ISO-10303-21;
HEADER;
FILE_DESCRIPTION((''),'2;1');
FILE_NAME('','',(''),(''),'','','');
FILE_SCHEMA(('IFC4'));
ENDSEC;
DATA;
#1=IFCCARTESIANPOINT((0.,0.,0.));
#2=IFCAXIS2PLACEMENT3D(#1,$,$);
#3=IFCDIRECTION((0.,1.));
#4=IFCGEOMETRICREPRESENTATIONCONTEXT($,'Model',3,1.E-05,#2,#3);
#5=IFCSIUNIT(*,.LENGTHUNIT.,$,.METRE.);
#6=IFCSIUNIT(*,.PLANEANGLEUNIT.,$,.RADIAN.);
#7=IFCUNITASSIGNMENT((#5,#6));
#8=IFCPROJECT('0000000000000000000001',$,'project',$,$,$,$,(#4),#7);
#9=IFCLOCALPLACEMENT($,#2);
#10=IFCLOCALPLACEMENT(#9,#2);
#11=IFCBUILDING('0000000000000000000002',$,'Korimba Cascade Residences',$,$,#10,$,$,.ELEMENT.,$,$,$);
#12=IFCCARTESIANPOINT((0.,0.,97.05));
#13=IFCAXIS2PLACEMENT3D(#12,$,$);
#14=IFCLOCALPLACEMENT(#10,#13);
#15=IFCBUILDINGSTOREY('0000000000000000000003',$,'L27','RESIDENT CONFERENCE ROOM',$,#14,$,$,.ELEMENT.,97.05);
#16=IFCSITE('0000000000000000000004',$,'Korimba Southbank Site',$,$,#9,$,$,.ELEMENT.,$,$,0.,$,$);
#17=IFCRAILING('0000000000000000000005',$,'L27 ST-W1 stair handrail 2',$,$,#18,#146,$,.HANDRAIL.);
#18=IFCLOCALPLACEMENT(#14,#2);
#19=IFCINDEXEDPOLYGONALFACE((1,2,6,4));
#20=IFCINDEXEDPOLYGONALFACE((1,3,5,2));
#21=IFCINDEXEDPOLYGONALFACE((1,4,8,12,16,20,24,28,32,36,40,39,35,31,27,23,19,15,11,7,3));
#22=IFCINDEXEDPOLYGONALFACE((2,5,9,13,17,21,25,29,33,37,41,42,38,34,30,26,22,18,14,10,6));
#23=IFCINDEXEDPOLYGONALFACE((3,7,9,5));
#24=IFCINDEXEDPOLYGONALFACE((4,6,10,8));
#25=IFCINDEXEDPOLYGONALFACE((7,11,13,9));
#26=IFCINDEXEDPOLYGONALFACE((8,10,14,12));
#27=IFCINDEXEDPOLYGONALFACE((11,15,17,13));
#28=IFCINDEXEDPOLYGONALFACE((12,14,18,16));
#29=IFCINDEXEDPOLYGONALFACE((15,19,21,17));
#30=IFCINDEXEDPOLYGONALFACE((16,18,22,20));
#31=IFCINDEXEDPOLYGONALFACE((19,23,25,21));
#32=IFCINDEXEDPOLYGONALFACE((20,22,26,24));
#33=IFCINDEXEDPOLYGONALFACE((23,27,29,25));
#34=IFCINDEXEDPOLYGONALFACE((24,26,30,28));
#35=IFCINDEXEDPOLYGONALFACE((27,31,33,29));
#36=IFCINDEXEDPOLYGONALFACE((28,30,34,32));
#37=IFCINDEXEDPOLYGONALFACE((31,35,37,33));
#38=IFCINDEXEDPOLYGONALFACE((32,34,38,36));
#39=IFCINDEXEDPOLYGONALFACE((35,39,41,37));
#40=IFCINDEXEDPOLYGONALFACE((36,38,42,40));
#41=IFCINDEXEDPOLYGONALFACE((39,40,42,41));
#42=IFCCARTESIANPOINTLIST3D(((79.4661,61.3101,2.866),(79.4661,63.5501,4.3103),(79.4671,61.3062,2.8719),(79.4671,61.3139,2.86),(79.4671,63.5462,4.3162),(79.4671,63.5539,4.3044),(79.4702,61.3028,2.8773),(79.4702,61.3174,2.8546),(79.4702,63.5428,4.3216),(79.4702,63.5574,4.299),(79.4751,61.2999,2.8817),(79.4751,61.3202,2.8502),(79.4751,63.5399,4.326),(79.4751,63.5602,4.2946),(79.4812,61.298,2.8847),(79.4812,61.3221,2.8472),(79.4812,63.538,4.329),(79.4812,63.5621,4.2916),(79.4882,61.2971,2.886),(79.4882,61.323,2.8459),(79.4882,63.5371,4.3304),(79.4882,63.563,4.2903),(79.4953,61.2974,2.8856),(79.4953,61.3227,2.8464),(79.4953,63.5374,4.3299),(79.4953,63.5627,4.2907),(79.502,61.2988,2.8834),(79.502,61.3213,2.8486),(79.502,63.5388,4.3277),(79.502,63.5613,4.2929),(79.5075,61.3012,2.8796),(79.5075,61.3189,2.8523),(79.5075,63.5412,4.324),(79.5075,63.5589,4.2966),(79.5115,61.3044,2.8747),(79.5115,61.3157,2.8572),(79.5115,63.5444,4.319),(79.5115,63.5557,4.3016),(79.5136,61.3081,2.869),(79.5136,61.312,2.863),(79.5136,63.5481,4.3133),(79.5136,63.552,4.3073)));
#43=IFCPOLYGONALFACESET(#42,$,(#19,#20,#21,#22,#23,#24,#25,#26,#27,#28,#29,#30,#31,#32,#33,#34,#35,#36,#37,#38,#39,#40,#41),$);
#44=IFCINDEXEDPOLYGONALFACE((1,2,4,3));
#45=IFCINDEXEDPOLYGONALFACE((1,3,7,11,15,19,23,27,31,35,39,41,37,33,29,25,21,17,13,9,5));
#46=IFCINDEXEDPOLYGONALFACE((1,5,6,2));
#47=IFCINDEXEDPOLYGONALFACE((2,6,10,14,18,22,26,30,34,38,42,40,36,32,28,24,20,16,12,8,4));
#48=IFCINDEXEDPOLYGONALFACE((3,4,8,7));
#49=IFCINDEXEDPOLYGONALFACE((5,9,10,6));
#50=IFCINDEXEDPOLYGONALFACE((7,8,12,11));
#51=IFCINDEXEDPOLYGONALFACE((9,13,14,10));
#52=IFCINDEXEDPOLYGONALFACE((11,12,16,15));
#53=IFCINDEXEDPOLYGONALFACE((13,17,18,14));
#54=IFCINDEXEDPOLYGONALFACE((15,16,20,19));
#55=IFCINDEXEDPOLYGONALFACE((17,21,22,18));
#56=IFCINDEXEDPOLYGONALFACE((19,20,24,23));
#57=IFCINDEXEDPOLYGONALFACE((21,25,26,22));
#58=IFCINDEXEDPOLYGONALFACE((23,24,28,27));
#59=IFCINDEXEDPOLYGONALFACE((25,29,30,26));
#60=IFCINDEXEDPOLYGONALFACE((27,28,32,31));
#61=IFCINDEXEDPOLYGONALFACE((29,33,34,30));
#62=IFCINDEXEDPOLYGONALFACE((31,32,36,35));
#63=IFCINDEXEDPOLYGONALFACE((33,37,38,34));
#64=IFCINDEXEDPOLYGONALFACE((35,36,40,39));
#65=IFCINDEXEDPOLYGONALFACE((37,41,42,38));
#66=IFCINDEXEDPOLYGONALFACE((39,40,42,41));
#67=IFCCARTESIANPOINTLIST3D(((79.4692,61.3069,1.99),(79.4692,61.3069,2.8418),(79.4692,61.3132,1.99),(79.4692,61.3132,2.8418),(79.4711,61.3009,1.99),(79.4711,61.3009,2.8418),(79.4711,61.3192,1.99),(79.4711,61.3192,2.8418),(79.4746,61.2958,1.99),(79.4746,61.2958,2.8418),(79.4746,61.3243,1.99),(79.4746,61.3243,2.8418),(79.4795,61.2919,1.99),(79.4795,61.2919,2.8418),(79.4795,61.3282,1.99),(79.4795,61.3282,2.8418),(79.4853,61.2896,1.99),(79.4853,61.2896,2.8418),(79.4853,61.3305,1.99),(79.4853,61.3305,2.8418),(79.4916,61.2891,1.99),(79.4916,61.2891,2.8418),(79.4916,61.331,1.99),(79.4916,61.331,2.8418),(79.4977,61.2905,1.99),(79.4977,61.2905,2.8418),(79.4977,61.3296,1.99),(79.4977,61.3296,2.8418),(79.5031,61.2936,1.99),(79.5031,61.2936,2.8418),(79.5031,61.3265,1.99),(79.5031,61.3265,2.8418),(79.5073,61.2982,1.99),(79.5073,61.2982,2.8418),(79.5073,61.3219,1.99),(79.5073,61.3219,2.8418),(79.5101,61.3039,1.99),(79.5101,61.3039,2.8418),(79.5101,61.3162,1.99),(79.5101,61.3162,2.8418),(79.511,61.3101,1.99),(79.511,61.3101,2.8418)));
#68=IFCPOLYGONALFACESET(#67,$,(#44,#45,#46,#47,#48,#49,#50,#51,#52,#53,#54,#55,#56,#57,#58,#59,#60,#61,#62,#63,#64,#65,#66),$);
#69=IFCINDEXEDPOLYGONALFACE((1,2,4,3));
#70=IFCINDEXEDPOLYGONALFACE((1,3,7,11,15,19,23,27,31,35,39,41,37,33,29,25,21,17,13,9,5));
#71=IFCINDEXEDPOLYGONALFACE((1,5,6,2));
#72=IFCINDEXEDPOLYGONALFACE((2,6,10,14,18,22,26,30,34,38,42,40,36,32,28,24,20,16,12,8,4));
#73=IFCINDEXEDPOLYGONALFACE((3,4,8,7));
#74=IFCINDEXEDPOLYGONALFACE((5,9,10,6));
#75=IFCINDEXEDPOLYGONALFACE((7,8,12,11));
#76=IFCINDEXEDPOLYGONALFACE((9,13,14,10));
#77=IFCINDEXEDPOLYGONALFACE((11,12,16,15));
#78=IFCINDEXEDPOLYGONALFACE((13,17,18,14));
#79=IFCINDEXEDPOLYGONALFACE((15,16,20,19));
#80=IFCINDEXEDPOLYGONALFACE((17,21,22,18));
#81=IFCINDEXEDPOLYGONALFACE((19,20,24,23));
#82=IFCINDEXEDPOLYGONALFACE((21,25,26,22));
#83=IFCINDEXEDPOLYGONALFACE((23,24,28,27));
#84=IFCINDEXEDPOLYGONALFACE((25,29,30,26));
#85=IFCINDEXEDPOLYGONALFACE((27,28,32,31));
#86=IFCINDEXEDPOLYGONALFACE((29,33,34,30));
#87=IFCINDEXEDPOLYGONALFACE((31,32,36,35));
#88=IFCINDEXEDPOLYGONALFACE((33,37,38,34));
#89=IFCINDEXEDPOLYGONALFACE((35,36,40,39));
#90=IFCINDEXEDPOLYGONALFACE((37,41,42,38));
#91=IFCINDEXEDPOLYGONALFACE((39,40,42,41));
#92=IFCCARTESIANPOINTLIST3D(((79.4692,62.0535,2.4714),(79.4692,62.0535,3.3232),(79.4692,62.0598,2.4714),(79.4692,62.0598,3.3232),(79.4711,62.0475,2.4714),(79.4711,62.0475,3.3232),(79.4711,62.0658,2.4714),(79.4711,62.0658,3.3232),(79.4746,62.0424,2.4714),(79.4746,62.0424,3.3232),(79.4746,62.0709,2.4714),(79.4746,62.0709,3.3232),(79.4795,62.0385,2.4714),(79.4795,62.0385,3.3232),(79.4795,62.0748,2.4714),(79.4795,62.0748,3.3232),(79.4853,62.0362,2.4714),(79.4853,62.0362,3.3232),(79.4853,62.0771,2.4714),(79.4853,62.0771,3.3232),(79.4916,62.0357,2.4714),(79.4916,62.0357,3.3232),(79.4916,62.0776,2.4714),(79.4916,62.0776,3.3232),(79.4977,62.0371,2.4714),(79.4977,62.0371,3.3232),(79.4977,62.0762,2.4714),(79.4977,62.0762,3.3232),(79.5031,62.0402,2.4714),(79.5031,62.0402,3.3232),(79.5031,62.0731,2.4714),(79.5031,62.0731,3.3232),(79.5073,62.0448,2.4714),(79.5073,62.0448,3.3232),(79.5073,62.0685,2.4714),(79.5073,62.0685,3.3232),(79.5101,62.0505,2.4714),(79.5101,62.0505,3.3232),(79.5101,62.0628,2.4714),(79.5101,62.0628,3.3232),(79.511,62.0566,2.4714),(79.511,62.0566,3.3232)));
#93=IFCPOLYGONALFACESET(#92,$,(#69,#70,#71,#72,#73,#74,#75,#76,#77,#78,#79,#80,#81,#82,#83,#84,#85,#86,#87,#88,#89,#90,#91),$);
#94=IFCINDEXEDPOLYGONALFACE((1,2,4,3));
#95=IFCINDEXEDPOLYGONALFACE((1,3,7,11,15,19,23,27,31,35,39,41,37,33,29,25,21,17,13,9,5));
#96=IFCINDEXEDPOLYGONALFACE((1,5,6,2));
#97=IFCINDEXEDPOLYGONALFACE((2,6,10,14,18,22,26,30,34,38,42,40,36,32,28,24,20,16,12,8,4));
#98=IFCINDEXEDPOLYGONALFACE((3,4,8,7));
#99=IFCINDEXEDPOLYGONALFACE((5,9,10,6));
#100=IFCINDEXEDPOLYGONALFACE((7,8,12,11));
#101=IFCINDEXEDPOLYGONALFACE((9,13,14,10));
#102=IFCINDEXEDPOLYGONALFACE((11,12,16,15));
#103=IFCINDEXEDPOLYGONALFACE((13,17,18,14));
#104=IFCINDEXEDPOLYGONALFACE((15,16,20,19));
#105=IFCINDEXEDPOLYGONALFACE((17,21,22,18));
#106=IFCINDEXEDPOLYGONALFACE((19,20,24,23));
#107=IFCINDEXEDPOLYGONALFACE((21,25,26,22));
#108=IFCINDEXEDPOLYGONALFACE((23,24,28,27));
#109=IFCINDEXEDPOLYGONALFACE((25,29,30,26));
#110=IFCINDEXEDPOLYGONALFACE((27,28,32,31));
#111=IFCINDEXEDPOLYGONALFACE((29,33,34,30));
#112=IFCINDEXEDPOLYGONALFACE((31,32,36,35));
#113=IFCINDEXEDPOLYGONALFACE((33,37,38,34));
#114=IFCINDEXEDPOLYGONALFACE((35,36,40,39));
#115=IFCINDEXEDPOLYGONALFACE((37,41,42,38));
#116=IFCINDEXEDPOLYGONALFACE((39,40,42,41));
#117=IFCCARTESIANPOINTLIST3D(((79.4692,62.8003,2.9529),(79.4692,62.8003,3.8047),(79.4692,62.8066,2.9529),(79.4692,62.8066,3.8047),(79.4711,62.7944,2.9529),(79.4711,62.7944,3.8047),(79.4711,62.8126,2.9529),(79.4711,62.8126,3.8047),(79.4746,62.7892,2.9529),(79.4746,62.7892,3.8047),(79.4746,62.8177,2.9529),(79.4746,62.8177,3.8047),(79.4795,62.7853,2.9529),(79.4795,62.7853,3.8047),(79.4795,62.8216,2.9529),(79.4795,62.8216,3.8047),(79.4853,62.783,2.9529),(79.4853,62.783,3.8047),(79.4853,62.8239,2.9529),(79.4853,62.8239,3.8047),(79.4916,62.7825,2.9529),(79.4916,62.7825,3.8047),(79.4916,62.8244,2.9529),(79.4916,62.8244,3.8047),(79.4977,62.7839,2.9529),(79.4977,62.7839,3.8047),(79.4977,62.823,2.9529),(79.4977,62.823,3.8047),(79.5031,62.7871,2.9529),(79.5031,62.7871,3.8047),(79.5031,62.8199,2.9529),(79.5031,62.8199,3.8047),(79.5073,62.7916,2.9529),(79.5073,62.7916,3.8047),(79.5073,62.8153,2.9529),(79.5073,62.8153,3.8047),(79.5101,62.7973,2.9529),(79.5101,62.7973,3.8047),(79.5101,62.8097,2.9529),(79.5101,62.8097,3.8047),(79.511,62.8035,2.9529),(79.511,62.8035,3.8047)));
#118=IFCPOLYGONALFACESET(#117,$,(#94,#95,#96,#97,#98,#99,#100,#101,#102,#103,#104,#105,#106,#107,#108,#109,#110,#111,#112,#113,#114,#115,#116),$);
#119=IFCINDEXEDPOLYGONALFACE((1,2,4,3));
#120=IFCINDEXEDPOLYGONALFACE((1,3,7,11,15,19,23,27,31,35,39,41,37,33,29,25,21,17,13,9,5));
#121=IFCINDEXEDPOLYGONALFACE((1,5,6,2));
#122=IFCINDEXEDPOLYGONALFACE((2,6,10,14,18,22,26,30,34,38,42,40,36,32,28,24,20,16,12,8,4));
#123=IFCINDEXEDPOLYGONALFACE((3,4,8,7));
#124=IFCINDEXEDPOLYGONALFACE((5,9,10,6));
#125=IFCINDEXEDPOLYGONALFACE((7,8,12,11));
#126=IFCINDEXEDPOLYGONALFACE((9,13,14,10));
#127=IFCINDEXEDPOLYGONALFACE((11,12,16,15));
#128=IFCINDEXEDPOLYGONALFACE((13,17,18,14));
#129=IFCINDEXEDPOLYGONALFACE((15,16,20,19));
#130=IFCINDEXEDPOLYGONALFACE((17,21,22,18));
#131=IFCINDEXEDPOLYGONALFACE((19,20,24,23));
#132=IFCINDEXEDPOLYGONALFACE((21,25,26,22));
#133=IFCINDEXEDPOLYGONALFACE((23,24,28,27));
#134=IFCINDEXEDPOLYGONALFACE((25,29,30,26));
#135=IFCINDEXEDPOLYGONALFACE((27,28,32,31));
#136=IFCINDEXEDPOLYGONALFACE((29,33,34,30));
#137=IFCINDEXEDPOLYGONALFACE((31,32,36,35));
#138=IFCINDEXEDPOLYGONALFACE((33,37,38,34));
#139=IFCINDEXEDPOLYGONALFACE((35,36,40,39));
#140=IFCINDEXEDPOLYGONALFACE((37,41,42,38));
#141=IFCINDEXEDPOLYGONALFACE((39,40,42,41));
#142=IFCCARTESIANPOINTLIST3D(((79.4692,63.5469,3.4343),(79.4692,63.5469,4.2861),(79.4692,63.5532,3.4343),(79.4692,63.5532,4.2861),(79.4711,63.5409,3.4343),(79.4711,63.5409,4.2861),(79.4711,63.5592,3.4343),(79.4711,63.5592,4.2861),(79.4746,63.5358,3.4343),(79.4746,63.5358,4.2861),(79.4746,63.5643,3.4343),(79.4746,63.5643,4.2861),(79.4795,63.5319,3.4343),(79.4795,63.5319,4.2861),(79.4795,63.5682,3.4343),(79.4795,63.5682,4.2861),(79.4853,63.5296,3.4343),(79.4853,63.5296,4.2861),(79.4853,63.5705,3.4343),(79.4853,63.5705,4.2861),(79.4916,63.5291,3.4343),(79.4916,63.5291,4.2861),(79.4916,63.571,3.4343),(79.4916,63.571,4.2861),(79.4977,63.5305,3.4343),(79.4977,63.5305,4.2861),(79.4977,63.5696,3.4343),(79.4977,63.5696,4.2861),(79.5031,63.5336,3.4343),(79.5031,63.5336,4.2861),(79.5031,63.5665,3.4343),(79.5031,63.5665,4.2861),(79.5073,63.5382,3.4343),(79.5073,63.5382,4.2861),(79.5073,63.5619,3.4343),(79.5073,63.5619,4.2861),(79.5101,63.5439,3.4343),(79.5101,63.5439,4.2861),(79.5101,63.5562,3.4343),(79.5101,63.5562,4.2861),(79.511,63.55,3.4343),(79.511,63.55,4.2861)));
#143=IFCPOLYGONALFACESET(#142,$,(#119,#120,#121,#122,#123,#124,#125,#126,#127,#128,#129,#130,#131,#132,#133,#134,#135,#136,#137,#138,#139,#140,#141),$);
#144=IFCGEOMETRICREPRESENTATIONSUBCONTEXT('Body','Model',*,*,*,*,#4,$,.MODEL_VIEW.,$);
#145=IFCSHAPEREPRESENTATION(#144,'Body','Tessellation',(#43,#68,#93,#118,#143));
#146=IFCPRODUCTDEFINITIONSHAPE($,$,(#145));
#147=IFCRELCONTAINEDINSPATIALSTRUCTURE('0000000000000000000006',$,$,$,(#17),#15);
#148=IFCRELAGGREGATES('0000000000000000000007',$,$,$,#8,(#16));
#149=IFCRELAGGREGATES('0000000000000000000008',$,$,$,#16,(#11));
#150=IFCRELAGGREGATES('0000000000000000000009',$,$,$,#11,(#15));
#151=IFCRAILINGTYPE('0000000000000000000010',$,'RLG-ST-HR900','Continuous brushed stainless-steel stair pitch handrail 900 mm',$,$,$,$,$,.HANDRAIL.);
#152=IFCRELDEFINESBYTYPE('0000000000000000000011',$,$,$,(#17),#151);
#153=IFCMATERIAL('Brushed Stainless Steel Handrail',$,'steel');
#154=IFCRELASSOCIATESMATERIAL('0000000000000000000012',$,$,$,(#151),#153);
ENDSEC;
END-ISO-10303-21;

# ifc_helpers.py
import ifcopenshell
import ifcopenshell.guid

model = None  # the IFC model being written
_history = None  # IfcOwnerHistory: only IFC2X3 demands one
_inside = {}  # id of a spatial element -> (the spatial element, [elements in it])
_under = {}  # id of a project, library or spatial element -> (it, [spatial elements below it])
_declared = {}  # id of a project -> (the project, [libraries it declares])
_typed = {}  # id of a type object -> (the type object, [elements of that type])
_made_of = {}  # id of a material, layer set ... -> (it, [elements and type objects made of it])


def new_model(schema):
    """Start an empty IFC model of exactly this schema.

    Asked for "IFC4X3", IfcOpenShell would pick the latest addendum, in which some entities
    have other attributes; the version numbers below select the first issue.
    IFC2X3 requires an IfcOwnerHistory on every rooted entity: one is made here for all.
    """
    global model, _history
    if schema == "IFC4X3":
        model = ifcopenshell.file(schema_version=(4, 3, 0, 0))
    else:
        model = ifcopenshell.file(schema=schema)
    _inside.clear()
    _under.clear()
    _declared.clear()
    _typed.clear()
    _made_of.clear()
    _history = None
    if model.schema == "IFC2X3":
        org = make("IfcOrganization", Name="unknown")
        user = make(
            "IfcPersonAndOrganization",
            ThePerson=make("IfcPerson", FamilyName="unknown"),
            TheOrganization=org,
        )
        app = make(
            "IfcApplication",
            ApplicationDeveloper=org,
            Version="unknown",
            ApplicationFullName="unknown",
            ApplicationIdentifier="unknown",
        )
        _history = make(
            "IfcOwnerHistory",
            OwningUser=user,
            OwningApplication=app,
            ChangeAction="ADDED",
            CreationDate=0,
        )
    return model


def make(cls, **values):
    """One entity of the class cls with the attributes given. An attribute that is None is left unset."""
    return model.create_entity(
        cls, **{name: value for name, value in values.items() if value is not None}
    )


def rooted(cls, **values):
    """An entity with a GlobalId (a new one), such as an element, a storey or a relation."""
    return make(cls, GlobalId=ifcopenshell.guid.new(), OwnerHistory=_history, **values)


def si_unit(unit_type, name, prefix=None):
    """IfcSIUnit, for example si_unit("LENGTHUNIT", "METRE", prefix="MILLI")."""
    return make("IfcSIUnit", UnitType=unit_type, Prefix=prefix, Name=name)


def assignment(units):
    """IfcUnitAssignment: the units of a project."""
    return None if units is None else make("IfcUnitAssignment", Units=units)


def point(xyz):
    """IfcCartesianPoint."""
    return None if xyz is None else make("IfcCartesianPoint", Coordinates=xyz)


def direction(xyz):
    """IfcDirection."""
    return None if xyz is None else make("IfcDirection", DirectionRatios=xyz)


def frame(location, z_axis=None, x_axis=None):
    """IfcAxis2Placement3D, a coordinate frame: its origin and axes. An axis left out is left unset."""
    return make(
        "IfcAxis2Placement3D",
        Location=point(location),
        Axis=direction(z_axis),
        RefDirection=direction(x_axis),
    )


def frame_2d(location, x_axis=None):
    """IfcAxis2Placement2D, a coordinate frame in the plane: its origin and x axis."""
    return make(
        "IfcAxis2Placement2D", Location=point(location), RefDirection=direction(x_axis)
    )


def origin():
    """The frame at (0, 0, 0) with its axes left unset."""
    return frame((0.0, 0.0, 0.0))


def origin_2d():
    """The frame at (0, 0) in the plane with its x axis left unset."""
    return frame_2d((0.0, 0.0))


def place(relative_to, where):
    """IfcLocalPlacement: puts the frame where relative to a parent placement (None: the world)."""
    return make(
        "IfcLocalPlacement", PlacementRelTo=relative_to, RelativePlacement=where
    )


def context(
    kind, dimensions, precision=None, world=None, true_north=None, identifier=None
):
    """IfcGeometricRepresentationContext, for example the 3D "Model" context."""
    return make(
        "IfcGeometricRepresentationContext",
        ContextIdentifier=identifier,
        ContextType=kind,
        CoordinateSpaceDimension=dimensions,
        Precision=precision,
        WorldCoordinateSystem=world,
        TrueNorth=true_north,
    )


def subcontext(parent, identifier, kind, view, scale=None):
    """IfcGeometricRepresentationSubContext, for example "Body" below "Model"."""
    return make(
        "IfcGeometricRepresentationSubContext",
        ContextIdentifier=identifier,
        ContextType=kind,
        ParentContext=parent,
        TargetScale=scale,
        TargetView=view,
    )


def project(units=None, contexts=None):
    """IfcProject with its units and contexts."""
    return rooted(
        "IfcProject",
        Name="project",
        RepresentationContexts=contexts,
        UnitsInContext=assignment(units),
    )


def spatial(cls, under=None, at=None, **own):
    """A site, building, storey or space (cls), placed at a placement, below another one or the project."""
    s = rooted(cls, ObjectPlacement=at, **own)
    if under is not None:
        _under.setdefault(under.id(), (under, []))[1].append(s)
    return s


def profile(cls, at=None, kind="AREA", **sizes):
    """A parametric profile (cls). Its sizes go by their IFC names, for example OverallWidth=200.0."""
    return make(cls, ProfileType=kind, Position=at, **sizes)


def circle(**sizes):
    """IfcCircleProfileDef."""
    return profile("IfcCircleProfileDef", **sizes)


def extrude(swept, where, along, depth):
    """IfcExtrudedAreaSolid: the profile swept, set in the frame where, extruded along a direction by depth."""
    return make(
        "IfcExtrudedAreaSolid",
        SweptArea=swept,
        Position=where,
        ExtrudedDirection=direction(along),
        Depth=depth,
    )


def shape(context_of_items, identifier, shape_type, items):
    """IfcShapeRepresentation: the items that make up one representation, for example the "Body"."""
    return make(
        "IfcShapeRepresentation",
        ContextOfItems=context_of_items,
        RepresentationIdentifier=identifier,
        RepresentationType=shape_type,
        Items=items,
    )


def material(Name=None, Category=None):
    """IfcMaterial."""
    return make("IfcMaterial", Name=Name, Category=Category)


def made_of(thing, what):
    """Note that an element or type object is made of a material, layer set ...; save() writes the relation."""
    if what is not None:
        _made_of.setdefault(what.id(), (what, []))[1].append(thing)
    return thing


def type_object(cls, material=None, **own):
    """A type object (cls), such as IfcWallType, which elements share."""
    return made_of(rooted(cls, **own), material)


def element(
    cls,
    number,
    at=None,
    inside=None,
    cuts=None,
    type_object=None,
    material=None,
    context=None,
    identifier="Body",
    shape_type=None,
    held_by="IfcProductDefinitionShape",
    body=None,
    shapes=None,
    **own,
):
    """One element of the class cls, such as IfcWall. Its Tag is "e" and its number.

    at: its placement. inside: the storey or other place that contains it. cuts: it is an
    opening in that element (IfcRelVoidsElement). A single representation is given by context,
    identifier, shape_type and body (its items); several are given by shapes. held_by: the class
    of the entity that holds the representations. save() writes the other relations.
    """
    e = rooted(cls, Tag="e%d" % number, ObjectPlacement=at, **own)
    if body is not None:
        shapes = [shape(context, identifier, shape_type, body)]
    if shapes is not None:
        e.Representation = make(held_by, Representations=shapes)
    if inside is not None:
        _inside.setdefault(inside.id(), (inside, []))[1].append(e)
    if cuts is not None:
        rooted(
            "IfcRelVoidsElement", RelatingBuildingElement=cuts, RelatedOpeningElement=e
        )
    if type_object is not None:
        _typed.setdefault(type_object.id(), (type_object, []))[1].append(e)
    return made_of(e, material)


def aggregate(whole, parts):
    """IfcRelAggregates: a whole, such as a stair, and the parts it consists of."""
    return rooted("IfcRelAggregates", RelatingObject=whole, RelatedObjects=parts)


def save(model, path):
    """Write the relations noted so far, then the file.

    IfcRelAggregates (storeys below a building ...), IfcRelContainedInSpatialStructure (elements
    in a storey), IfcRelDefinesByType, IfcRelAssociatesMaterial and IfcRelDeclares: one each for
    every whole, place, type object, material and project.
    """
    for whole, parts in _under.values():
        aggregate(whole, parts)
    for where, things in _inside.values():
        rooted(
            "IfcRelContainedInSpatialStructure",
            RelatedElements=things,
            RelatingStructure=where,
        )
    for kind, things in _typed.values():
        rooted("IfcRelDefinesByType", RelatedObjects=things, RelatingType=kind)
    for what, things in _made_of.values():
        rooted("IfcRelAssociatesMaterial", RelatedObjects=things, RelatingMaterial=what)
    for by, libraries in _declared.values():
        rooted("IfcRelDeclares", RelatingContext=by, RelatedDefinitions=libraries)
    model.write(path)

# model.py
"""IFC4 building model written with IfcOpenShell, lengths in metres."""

from ifc_helpers import new_model, si_unit, direction, frame, origin, origin_2d, place, context, subcontext, project, spatial, circle, extrude, material, type_object, element, save


model = new_model("IFC4")

# Units and contexts
model_context = context("Model", 3, precision=1e-05, world=origin(), true_north=direction((0.0, 1.0)))
body_context = subcontext(model_context, "Body", "Model", "MODEL_VIEW")
ifc_project = project(units=[si_unit("LENGTHUNIT", "METRE"), si_unit("PLANEANGLEUNIT", "RADIAN")], contexts=[model_context])

# Site, building, storey
site_placement = place(None, origin())
site = spatial("IfcSite", under=ifc_project, at=site_placement, Name="Korimba Southbank Site", CompositionType="ELEMENT", RefElevation=0.0)
building_placement = place(site_placement, origin())
building = spatial("IfcBuilding", under=site, at=building_placement, Name="Korimba Cascade Residences", CompositionType="ELEMENT")
storey_placement = place(building_placement, frame((0.0, 0.0, 97.05)))
storey = spatial("IfcBuildingStorey", under=building, at=storey_placement, Name="L27", Description="RESIDENT CONFERENCE ROOM", CompositionType="ELEMENT", Elevation=97.05)

# Railing
ifc_material_1 = material(Name="Brushed Stainless Steel Handrail", Category="steel")
railing_type_1 = type_object("IfcRailingType", Name="RLG-ST-HR900", Description="Continuous brushed stainless-steel stair pitch handrail 900 mm", PredefinedType="HANDRAIL", material=ifc_material_1)
railing_1_placement = place(storey_placement, frame((79.49, 61.3101, 1.99)))
element("IfcRailing", 1, at=railing_1_placement, inside=storey, type_object=railing_type_1, Name="L27 ST-W1 stair handrail 2", PredefinedType="HANDRAIL", context=body_context, shape_type="SweptSolid", body=[
    extrude(circle(Radius=0.0239, at=origin_2d()), frame((0.0, 0.0, 0.876), z_axis=(0.0, 0.840437, 0.54191), x_axis=(-1.0, 0.0, 0.0)), (0.0, 0.0, 1.0), 2.6653),
    extrude(circle(Radius=0.021, at=origin_2d()), origin(), (0.0, 0.0, 1.0), 0.8518),
    extrude(circle(Radius=0.021, at=origin_2d()), frame((0.0, 0.7466, 0.4814)), (0.0, 0.0, 1.0), 0.8518),
    extrude(circle(Radius=0.021, at=origin_2d()), frame((0.0, 1.4934, 0.9629)), (0.0, 0.0, 1.0), 0.8518),
    extrude(circle(Radius=0.021, at=origin_2d()), frame((0.0, 2.24, 1.4443)), (0.0, 0.0, 1.0), 0.8518),
])

save(model, "model.ifc")
